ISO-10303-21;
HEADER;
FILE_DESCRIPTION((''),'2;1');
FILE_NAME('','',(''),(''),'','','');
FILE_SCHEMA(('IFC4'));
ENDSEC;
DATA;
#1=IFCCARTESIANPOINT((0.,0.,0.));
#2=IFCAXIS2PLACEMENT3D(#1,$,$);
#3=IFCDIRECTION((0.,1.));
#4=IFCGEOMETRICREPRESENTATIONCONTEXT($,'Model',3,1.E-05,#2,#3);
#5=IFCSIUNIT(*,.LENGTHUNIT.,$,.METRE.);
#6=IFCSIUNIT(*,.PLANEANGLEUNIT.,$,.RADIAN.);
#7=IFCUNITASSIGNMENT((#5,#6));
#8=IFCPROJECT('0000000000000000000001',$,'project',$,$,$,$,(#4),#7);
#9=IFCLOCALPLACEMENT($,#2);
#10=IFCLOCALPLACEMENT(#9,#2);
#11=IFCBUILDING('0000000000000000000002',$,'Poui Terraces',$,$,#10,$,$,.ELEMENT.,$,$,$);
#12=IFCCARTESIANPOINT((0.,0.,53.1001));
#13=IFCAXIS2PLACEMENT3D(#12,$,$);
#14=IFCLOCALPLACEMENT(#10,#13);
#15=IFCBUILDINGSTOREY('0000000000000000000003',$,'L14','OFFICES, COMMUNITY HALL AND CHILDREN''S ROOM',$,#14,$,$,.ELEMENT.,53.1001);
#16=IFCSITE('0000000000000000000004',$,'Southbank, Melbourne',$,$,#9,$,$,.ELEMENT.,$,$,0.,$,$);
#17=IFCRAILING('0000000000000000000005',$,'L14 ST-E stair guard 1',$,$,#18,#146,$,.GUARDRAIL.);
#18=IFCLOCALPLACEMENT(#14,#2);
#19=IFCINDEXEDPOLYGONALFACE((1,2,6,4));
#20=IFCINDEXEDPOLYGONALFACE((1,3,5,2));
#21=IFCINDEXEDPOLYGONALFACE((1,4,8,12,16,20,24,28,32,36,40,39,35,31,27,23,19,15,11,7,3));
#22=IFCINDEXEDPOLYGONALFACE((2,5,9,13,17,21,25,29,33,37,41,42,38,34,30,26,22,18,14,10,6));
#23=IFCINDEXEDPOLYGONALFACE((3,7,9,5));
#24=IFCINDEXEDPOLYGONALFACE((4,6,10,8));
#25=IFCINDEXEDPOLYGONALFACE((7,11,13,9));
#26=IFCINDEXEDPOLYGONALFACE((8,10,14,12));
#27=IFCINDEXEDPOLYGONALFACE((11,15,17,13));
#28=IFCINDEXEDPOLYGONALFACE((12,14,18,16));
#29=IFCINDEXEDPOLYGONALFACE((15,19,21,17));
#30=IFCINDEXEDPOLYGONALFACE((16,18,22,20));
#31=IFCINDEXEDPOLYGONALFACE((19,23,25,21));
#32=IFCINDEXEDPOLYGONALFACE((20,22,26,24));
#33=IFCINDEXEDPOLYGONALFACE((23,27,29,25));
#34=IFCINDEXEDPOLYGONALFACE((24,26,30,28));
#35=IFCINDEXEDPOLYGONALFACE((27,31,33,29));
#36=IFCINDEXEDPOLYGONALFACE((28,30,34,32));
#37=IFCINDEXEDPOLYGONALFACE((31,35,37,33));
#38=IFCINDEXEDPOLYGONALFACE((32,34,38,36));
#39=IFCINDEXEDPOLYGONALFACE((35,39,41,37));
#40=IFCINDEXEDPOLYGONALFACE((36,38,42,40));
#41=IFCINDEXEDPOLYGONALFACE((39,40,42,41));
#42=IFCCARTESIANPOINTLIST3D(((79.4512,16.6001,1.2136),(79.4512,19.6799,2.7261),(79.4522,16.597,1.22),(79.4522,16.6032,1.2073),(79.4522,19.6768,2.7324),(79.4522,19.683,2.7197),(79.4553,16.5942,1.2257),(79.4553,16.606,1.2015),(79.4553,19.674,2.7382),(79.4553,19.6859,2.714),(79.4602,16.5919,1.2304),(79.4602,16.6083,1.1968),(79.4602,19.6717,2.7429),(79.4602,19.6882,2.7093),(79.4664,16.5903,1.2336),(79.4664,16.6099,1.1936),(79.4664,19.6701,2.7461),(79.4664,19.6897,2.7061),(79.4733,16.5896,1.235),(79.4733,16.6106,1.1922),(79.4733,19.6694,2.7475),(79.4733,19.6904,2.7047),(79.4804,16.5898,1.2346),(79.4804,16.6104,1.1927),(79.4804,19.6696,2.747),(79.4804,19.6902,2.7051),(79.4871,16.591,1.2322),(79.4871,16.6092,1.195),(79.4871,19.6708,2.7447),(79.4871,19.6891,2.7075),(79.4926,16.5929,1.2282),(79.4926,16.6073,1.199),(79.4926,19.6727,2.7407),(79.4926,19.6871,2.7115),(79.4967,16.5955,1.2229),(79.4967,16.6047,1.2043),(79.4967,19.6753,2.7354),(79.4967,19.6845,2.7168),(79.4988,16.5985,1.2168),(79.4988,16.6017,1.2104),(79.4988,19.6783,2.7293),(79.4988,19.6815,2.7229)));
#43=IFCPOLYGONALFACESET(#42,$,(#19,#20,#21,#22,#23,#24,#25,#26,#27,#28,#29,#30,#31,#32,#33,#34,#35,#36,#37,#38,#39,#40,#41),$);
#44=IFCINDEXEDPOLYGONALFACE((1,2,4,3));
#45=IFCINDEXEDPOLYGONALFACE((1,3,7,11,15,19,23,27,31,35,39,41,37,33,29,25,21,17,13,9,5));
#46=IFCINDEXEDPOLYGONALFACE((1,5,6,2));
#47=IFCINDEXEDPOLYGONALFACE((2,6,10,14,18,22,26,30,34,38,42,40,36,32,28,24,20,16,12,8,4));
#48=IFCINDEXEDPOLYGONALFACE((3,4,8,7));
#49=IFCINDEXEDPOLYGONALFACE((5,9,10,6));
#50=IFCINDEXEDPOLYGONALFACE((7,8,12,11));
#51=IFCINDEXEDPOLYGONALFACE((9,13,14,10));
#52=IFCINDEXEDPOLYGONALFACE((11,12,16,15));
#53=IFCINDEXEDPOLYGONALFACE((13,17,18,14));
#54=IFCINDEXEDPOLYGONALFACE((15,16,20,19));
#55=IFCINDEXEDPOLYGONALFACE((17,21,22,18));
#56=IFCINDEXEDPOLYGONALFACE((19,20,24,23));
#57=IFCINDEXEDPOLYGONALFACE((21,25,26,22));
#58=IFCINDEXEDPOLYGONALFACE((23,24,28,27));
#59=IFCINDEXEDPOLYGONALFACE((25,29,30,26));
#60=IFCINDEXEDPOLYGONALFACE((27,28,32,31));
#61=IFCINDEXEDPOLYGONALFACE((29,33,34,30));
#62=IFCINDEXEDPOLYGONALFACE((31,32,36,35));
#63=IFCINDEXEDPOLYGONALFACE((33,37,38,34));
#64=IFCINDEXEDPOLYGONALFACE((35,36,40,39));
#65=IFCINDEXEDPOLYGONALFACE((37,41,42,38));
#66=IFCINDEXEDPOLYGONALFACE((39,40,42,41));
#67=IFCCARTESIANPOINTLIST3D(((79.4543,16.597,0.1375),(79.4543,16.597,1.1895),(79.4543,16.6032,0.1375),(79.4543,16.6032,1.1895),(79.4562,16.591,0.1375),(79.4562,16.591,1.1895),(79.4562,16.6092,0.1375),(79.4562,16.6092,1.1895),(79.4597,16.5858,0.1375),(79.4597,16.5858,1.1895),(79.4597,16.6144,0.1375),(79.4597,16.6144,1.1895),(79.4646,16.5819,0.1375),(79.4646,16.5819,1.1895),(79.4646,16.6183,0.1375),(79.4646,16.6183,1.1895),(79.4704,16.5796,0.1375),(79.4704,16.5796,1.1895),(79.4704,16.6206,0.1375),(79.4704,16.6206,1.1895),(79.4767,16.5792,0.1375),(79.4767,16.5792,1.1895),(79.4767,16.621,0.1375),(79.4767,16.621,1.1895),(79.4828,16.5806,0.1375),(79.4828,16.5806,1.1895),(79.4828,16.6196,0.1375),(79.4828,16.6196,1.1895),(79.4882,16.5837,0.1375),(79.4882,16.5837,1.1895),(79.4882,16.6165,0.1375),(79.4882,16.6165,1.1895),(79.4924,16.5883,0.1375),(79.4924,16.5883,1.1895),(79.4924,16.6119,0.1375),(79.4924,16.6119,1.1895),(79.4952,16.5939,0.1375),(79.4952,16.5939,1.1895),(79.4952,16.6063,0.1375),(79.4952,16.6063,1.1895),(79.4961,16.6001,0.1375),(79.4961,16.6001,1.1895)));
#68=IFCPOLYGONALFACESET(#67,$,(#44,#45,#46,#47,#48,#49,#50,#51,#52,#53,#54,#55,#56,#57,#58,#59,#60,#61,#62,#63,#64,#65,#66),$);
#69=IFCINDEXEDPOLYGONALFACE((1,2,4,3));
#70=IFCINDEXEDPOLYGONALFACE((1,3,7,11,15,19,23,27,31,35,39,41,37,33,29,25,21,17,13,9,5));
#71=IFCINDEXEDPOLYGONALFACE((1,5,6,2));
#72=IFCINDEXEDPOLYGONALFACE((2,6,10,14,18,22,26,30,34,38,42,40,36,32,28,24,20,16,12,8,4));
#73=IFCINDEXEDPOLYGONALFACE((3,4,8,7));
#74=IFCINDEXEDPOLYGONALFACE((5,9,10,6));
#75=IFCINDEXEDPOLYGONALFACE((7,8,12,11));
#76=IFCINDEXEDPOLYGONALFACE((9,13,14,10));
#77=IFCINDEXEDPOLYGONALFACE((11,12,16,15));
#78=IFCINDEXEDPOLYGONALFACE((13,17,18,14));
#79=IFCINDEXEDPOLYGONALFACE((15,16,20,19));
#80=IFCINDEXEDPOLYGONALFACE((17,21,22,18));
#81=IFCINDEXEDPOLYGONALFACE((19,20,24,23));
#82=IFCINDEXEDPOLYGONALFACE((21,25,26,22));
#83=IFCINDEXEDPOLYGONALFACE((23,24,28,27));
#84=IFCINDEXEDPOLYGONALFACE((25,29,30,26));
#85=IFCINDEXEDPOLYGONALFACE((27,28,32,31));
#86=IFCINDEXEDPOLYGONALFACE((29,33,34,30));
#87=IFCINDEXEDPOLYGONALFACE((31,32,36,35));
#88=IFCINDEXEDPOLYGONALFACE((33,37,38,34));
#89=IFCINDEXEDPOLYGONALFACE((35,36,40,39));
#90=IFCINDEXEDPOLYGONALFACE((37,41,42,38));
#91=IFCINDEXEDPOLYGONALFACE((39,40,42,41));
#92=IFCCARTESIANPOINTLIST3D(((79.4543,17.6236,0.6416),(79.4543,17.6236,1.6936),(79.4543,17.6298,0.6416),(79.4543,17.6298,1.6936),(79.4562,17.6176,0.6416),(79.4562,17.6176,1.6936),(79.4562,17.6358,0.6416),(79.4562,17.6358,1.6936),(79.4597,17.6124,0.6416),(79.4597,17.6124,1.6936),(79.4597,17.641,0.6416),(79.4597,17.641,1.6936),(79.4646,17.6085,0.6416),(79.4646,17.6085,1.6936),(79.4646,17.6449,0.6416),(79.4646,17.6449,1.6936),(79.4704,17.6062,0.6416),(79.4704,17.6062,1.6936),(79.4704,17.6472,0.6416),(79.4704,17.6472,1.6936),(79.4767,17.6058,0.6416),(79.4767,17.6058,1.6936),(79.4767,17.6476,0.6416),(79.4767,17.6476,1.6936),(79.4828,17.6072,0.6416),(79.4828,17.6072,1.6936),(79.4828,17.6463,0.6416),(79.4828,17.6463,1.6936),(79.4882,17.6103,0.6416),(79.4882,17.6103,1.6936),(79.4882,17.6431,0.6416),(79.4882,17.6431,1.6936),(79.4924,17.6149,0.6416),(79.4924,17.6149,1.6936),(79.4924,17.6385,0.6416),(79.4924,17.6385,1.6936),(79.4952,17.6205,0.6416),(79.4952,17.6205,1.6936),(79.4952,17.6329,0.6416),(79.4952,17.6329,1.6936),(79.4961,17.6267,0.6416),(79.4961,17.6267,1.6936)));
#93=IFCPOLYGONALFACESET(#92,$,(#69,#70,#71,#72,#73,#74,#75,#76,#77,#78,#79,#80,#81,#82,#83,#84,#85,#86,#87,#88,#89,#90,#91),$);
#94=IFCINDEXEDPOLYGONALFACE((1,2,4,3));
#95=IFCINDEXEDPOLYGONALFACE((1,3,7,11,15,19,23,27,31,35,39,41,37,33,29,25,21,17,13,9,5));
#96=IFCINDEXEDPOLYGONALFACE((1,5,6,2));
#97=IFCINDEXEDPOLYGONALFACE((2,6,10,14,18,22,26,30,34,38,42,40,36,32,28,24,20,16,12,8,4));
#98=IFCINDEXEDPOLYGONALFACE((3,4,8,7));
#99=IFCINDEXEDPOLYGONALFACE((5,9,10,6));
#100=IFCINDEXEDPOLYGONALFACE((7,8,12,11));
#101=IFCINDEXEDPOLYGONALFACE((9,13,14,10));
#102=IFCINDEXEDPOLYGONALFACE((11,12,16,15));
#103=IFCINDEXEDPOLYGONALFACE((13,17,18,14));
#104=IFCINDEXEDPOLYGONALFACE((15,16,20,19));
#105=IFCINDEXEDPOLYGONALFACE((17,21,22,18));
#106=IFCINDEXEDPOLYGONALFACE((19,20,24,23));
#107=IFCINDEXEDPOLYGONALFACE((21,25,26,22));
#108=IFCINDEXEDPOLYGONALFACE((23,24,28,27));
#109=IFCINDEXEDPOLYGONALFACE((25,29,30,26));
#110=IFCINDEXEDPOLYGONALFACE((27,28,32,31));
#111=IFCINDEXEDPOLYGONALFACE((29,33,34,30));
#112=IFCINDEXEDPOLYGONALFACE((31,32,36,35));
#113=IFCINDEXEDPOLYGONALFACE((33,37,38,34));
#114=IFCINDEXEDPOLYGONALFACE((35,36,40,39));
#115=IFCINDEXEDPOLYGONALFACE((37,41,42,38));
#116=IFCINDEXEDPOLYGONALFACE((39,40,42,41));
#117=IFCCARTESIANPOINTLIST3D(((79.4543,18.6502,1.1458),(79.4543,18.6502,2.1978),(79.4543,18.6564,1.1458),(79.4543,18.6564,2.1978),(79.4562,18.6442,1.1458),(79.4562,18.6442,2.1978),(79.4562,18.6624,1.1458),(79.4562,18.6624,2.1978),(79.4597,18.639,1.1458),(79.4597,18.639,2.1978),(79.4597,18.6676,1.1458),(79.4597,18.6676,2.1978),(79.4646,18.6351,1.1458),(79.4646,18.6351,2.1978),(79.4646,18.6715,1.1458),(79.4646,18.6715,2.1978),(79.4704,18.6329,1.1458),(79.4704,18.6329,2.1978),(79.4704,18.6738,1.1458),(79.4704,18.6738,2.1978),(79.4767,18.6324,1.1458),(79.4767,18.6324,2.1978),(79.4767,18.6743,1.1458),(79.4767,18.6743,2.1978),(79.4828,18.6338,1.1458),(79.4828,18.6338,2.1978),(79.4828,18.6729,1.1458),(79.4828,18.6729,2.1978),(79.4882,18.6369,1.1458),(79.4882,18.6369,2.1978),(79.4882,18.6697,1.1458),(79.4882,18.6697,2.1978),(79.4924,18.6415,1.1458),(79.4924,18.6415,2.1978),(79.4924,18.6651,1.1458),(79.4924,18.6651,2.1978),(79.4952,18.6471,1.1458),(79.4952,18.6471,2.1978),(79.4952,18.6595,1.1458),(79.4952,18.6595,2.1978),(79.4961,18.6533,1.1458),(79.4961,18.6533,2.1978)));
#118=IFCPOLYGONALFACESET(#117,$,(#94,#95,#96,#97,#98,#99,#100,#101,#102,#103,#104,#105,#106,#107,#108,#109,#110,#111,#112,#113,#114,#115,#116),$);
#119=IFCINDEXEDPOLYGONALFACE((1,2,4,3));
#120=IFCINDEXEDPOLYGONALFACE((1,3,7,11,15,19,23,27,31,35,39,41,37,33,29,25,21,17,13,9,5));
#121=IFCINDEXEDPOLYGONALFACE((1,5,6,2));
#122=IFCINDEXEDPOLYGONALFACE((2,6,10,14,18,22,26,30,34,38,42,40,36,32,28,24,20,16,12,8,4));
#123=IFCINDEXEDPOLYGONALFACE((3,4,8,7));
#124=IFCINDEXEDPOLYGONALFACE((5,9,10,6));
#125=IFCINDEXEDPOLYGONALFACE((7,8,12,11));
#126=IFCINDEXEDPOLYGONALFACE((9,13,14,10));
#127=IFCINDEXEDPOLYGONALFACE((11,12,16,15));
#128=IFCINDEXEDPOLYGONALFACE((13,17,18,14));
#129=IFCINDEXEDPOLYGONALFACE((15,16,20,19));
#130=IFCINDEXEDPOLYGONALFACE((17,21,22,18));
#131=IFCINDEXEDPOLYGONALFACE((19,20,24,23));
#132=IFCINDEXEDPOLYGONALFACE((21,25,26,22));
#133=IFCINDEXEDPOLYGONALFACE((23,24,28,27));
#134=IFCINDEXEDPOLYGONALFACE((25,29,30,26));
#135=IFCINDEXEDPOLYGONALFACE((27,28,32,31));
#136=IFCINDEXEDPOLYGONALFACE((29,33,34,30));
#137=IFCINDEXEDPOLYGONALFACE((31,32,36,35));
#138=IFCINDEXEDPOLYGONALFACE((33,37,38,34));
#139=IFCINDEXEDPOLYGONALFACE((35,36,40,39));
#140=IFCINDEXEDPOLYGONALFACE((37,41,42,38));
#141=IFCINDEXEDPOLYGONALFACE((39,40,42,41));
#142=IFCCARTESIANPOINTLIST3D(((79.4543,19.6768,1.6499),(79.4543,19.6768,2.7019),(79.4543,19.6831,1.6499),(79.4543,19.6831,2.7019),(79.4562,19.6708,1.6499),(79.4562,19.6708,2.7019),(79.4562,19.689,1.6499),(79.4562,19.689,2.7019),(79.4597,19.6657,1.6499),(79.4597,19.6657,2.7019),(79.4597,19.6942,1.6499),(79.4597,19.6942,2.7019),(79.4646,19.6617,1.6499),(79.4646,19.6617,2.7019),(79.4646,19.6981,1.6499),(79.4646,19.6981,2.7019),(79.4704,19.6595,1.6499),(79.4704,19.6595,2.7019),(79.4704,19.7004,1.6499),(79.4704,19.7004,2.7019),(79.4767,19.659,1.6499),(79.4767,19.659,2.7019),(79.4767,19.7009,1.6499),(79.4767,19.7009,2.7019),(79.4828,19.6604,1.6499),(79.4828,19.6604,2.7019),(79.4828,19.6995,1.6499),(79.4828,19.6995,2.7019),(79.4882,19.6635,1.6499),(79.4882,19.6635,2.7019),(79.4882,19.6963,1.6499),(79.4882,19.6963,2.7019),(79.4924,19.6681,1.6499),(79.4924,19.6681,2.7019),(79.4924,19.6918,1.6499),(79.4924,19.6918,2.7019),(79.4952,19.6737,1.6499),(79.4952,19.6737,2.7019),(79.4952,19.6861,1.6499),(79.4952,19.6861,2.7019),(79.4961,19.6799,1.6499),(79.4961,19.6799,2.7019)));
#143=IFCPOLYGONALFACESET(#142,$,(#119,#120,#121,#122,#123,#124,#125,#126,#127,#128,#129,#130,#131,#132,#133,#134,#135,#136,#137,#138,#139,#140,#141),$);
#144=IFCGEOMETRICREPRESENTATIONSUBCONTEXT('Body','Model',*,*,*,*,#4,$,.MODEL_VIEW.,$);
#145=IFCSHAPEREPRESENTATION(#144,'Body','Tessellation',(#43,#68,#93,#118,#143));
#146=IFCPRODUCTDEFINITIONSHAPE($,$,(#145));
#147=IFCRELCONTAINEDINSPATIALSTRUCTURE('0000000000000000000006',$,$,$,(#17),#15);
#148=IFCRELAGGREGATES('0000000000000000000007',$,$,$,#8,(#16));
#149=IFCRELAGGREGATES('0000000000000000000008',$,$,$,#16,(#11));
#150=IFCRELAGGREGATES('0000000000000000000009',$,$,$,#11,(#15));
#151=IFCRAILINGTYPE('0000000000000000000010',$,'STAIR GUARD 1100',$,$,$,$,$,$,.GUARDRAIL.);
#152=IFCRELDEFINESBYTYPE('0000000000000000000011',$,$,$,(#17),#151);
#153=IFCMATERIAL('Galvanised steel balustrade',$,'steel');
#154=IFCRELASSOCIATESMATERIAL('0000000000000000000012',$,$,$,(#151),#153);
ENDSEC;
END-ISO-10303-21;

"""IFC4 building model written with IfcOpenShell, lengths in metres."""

from ifc_helpers import new_model, si_unit, direction, frame, origin, origin_2d, place, context, subcontext, project, spatial, circle, extrude, material, type_object, element, save


model = new_model("IFC4")

# Units and contexts
model_context = context("Model", 3, precision=1e-05, world=origin(), true_north=direction((0.0, 1.0)))
body_context = subcontext(model_context, "Body", "Model", "MODEL_VIEW")
ifc_project = project(units=[si_unit("LENGTHUNIT", "METRE"), si_unit("PLANEANGLEUNIT", "RADIAN")], contexts=[model_context])

# Site, building, storey
site_placement = place(None, origin())
site = spatial("IfcSite", under=ifc_project, at=site_placement, Name="Southbank, Melbourne", CompositionType="ELEMENT", RefElevation=0.0)
building_placement = place(site_placement, origin())
building = spatial("IfcBuilding", under=site, at=building_placement, Name="Poui Terraces", CompositionType="ELEMENT")
storey_placement = place(building_placement, frame((0.0, 0.0, 53.1001)))
storey = spatial("IfcBuildingStorey", under=building, at=storey_placement, Name="L14", Description="OFFICES, COMMUNITY HALL AND CHILDREN'S ROOM", CompositionType="ELEMENT", Elevation=53.1001)

# Railing
ifc_material_1 = material(Name="Galvanised steel balustrade", Category="steel")
railing_type_1 = type_object("IfcRailingType", Name="STAIR GUARD 1100", PredefinedType="GUARDRAIL", material=ifc_material_1)
railing_1_placement = place(storey_placement, frame((79.4751, 16.6001, 0.1375)))
element("IfcRailing", 1, at=railing_1_placement, inside=storey, type_object=railing_type_1, Name="L14 ST-E stair guard 1", PredefinedType="GUARDRAIL", context=body_context, shape_type="SweptSolid", body=[
    extrude(circle(Radius=0.0239, at=origin_2d()), frame((0.0, 0.0, 1.0762), z_axis=(0.0, 0.897606, 0.440798), x_axis=(-1.0, 0.0, 0.0)), (0.0, 0.0, 1.0), 3.4312),
    extrude(circle(Radius=0.021, at=origin_2d()), origin(), (0.0, 0.0, 1.0), 1.052),
    extrude(circle(Radius=0.021, at=origin_2d()), frame((0.0, 1.0266, 0.5042)), (0.0, 0.0, 1.0), 1.052),
    extrude(circle(Radius=0.021, at=origin_2d()), frame((0.0, 2.0532, 1.0083)), (0.0, 0.0, 1.0), 1.052),
    extrude(circle(Radius=0.021, at=origin_2d()), frame((0.0, 3.0798, 1.5125)), (0.0, 0.0, 1.0), 1.052),
])

save(model, "model.ifc")
